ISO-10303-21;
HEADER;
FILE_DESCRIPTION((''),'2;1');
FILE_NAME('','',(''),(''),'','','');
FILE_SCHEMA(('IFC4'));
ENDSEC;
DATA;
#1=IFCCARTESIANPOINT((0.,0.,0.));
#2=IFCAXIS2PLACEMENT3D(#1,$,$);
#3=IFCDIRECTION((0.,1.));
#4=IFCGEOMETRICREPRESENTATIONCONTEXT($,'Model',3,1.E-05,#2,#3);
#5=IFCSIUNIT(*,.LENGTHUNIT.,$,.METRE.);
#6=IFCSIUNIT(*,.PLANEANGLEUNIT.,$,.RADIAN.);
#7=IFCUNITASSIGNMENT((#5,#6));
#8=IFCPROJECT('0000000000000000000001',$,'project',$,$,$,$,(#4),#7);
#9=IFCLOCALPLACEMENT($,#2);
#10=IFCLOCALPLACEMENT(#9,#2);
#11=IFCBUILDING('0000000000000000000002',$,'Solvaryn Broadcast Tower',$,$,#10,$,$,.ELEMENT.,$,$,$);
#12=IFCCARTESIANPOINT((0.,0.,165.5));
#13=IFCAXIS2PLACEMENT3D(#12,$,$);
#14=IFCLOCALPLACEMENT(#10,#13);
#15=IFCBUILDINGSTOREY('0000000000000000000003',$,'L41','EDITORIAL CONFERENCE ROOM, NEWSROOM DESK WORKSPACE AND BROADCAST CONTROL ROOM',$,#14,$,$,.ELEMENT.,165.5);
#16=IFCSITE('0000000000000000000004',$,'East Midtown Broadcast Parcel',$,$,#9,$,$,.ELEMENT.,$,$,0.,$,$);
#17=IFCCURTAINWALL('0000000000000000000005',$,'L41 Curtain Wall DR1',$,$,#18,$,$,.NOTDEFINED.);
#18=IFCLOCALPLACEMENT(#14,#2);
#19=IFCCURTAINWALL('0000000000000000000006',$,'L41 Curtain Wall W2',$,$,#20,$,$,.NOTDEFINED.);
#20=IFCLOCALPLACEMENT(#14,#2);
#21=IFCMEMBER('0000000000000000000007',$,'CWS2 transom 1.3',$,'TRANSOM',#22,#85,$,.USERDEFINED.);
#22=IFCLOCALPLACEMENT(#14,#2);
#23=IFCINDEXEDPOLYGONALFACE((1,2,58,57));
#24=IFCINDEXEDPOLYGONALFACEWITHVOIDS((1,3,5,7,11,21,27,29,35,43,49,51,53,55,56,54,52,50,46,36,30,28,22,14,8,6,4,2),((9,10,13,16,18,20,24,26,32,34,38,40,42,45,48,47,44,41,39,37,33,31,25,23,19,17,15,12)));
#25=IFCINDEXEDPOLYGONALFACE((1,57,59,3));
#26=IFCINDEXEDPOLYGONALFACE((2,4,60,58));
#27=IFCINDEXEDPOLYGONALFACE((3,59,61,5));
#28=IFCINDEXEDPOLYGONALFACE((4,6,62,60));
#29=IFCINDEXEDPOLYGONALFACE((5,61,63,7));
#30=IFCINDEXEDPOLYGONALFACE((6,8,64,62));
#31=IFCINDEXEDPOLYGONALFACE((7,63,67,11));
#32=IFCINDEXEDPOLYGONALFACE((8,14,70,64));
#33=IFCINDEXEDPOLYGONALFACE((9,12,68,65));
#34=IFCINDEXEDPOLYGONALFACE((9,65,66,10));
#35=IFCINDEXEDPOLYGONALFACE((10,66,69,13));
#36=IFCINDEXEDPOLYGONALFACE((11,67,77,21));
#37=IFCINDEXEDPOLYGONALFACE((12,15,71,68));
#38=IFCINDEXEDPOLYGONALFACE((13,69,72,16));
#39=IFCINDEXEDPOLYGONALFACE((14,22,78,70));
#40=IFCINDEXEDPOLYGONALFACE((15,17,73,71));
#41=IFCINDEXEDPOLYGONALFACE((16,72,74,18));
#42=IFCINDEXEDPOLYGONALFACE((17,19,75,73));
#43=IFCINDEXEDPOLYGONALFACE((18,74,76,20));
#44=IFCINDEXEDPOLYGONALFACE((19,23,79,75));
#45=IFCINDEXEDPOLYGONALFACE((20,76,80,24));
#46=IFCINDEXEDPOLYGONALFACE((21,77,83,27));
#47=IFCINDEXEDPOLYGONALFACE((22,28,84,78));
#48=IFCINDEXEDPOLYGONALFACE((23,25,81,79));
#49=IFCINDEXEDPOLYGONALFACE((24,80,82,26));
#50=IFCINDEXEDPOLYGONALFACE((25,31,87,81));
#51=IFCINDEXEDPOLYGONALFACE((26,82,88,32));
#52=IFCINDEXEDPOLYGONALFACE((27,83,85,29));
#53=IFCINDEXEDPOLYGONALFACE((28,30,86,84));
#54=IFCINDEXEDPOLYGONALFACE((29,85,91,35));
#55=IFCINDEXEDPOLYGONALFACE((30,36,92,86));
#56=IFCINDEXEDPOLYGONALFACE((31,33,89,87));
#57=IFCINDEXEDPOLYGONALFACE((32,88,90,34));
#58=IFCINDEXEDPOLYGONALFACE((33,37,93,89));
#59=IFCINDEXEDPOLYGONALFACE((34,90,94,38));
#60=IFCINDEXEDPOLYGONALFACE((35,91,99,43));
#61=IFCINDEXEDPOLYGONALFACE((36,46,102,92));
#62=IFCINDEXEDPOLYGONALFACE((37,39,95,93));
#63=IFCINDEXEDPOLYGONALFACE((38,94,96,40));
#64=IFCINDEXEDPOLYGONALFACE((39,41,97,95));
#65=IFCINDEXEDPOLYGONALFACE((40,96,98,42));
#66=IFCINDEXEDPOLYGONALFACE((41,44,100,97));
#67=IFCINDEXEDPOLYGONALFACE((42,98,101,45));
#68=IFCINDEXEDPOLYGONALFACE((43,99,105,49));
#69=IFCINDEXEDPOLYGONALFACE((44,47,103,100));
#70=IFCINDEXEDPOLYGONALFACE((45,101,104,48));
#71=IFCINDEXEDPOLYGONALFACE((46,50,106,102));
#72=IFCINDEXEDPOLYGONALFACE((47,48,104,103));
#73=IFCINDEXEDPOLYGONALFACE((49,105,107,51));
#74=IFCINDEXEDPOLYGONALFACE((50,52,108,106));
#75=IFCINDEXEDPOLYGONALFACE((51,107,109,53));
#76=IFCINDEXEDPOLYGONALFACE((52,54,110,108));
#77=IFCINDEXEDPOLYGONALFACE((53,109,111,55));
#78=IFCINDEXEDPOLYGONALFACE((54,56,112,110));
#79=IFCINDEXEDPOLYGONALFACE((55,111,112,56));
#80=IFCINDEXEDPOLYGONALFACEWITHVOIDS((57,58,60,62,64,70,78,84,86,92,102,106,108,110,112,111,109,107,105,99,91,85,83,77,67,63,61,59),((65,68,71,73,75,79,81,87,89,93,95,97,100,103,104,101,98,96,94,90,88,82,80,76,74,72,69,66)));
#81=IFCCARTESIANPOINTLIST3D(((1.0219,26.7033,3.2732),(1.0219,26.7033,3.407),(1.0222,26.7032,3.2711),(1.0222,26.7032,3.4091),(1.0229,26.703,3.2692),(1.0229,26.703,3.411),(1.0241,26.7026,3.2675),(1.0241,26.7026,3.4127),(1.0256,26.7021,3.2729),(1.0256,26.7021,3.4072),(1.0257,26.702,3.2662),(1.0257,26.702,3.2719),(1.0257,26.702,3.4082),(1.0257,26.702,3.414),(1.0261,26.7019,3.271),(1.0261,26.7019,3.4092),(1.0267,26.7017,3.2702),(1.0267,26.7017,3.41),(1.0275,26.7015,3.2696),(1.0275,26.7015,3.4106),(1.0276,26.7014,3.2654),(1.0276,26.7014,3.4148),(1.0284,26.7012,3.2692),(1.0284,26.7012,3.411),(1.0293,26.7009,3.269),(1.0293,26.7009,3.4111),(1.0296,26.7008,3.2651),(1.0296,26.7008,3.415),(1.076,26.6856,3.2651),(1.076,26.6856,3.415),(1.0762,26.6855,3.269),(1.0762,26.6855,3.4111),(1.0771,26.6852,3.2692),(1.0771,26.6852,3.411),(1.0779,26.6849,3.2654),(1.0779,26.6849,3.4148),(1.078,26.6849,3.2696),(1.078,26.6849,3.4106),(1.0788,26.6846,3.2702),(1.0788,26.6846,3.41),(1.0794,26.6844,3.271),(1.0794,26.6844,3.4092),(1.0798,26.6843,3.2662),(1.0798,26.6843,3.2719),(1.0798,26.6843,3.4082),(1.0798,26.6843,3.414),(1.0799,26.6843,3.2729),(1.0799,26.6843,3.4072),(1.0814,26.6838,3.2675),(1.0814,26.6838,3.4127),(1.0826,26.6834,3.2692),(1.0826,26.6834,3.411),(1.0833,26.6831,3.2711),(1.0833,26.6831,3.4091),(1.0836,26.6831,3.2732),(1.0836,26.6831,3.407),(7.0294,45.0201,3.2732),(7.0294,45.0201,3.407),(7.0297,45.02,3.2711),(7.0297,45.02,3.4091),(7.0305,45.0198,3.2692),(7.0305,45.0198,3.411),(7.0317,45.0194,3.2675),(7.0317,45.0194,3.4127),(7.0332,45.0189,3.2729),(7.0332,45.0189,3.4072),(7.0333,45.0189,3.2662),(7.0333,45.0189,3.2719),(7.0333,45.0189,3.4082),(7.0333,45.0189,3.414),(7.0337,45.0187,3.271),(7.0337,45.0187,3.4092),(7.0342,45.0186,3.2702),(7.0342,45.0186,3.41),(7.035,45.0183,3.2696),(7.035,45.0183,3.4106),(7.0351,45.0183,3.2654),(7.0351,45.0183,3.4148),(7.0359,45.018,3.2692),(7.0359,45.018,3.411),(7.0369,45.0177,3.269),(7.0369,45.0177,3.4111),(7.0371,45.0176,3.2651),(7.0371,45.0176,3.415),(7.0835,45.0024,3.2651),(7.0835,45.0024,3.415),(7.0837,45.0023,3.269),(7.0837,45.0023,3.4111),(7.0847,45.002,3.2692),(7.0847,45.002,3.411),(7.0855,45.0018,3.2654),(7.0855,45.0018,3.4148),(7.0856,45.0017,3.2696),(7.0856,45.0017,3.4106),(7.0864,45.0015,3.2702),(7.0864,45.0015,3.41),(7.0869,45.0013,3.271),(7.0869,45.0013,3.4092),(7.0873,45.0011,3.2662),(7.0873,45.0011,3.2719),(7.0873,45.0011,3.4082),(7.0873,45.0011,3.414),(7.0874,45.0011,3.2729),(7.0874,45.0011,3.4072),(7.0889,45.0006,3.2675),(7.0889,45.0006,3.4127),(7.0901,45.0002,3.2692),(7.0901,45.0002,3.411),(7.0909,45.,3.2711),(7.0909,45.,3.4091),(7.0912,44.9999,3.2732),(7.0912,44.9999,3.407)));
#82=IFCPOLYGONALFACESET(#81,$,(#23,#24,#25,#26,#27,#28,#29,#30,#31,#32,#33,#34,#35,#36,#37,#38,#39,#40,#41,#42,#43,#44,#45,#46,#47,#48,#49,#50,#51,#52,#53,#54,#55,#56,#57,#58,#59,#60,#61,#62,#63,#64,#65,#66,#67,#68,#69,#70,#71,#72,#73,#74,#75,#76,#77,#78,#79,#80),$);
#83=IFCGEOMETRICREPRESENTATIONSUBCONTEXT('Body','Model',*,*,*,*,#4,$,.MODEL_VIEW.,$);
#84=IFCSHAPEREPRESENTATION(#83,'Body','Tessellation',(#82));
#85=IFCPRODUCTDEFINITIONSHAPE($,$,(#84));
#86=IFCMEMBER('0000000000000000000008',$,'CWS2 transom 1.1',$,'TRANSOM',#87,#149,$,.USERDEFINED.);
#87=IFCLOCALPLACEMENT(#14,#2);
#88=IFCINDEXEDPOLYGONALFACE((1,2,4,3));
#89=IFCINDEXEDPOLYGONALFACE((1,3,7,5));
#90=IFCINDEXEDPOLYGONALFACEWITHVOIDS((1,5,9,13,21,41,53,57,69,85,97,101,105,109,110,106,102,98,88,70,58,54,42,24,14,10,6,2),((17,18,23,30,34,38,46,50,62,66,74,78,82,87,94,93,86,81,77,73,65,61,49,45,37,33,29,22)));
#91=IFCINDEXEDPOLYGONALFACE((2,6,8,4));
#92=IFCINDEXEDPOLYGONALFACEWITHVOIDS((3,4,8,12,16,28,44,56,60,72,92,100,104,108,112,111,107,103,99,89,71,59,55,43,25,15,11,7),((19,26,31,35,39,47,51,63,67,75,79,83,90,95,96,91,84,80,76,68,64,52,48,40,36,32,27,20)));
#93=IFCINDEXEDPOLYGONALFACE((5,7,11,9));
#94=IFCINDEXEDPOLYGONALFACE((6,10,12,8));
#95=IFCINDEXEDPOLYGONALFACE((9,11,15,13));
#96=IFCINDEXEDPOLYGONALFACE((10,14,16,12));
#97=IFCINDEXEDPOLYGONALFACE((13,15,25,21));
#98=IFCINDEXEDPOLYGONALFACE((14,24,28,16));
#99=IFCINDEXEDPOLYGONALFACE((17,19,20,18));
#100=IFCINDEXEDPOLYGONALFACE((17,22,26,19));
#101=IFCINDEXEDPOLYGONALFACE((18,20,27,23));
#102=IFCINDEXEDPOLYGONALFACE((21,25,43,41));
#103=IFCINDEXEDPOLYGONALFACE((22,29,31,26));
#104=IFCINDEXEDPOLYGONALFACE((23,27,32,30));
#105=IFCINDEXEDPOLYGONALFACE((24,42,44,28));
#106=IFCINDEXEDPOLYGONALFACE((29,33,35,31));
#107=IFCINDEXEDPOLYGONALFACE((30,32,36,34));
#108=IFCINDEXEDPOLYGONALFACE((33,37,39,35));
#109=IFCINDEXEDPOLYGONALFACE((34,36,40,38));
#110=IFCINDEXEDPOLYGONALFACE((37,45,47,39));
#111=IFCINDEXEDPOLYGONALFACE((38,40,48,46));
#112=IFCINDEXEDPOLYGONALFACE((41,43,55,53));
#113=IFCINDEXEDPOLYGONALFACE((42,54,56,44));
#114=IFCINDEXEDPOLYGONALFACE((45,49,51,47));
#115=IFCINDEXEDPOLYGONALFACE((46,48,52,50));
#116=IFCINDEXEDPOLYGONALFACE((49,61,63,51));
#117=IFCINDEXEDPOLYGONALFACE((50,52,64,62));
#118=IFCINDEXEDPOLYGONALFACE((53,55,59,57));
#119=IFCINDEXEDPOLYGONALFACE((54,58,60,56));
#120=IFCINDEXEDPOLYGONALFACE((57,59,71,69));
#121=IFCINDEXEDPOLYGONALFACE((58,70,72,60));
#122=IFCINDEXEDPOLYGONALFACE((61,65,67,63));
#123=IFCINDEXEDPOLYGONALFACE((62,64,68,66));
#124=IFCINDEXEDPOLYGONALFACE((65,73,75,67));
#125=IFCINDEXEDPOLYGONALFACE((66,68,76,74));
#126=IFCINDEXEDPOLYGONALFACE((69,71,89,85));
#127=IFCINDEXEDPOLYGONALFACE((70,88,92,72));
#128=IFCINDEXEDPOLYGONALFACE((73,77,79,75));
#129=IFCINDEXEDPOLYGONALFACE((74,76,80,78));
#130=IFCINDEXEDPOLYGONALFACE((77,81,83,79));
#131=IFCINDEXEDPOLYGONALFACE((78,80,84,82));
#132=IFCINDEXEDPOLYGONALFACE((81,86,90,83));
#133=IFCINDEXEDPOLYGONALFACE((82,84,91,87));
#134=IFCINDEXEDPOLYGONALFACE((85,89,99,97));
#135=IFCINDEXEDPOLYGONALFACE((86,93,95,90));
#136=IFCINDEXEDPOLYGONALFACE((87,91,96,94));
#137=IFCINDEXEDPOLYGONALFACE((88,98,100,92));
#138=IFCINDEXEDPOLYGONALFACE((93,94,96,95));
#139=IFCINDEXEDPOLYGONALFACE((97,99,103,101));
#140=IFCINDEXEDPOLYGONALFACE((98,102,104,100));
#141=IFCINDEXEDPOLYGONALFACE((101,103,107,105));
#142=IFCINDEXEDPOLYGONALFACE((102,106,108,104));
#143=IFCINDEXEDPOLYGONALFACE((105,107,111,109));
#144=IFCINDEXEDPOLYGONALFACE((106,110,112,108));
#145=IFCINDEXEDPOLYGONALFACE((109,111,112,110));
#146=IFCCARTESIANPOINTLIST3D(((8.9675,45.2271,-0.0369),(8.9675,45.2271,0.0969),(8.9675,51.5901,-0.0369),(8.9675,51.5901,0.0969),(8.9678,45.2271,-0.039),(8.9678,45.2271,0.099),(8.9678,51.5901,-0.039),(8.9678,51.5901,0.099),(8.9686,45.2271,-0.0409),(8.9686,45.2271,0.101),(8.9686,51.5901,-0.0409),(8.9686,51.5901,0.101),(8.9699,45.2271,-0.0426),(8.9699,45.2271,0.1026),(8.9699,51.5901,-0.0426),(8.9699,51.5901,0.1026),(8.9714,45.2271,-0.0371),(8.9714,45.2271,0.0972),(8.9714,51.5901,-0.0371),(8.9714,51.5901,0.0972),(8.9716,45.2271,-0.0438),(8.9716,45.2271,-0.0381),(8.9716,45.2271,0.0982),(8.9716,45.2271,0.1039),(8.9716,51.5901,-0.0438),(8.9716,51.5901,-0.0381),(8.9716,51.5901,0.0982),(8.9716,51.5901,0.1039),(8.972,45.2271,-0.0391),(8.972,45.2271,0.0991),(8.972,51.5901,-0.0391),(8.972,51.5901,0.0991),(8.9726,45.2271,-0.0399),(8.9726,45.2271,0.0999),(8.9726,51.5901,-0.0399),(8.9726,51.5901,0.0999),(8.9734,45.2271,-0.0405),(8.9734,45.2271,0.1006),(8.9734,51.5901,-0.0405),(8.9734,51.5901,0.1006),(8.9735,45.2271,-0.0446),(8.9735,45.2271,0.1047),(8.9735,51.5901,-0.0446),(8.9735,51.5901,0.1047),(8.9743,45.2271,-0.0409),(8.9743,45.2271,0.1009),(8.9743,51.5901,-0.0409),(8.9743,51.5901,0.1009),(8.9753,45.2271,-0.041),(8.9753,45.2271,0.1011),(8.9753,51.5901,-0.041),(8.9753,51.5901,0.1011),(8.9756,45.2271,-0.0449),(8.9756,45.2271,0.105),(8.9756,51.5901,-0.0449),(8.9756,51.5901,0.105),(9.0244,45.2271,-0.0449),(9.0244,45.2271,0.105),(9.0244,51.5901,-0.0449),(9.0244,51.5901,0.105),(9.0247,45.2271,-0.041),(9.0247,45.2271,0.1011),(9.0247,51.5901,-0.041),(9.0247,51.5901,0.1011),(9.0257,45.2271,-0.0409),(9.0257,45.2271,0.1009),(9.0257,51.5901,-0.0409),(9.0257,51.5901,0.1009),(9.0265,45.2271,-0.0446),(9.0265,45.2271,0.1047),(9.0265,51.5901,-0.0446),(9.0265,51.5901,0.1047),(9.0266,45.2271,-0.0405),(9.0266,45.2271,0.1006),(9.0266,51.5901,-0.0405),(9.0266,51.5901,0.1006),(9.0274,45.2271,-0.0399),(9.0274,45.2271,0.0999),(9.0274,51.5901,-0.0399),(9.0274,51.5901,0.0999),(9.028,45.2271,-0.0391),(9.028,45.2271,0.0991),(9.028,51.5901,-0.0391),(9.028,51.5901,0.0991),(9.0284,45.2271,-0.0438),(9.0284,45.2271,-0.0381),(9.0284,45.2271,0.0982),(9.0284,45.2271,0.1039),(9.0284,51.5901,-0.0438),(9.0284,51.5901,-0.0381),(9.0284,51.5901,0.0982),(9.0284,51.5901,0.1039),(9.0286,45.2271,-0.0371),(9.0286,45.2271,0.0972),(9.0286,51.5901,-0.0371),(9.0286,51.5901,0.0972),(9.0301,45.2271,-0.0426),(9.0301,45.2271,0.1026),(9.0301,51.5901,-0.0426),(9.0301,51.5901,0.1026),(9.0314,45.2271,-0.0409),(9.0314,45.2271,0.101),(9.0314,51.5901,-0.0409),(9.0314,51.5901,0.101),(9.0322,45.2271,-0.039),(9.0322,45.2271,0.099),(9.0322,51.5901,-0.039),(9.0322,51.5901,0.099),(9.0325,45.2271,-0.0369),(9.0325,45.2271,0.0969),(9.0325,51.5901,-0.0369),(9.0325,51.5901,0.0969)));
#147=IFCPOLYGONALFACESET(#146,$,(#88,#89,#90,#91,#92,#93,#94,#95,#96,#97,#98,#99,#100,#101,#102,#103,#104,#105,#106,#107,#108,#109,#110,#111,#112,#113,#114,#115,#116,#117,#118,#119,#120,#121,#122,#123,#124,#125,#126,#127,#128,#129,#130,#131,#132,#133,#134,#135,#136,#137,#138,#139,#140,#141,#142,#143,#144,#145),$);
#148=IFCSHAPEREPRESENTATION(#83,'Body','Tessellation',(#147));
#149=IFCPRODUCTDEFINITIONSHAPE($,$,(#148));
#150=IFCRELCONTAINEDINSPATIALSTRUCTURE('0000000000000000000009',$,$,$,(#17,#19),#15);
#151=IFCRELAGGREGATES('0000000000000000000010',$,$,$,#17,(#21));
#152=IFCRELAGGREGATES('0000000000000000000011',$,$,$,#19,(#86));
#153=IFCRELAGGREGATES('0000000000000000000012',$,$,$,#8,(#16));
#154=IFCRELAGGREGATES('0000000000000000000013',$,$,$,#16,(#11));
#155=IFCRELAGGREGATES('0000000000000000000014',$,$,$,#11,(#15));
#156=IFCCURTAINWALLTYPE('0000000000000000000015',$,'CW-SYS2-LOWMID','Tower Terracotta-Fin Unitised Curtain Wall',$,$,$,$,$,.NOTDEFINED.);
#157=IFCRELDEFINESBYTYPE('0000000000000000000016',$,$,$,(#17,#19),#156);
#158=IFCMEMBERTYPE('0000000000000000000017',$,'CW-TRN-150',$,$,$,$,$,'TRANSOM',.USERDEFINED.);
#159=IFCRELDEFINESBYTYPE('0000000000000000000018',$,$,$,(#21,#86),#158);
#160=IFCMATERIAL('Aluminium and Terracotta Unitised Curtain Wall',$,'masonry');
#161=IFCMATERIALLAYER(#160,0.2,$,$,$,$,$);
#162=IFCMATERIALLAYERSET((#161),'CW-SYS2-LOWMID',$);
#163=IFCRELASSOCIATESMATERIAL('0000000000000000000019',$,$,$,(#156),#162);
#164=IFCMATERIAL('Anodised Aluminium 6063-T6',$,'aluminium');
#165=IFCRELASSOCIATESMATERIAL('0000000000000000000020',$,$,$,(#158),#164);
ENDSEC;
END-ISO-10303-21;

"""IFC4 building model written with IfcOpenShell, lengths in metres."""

from ifc_helpers import new_model, si_unit, direction, frame, origin, origin_2d, place, context, subcontext, project, spatial, hollow_rectangle, extrude, material, layer, layer_set, material_profile, profile_set, type_object, element, aggregate, save


model = new_model("IFC4")

# Units and contexts
model_context = context("Model", 3, precision=1e-05, world=origin(), true_north=direction((0.0, 1.0)))
body_context = subcontext(model_context, "Body", "Model", "MODEL_VIEW")
ifc_project = project(units=[si_unit("LENGTHUNIT", "METRE"), si_unit("PLANEANGLEUNIT", "RADIAN")], contexts=[model_context])

# Site, building, storey
site_placement = place(None, origin())
site = spatial("IfcSite", under=ifc_project, at=site_placement, Name="East Midtown Broadcast Parcel", CompositionType="ELEMENT", RefElevation=0.0)
building_placement = place(site_placement, origin())
building = spatial("IfcBuilding", under=site, at=building_placement, Name="Solvaryn Broadcast Tower", CompositionType="ELEMENT")
storey_placement = place(building_placement, frame((0.0, 0.0, 165.5)))
storey = spatial("IfcBuildingStorey", under=building, at=storey_placement, Name="L41", Description="EDITORIAL CONFERENCE ROOM, NEWSROOM DESK WORKSPACE AND BROADCAST CONTROL ROOM", CompositionType="ELEMENT", Elevation=165.5)

# Curtain wall
ifc_material_1 = material(Name="Aluminium and Terracotta Unitised Curtain Wall", Category="masonry")
ifc_layer_1 = layer(ifc_material_1, 0.2)
ifc_layer_set_1 = layer_set([ifc_layer_1], Name="CW-SYS2-LOWMID")
curtain_wall_type = type_object("IfcCurtainWallType", Name="CW-SYS2-LOWMID", Description="Tower Terracotta-Fin Unitised Curtain Wall", PredefinedType="NOTDEFINED", material=ifc_layer_set_1)
curtain_wall_1_placement = place(storey_placement, origin())
curtain_wall_1 = element("IfcCurtainWall", 1, at=curtain_wall_1_placement, inside=storey, type_object=curtain_wall_type, Name="L41 Curtain Wall DR1", PredefinedType="NOTDEFINED")

# Curtain wall
curtain_wall_2_placement = place(storey_placement, origin())
curtain_wall_2 = element("IfcCurtainWall", 2, at=curtain_wall_2_placement, inside=storey, type_object=curtain_wall_type, Name="L41 Curtain Wall W2", PredefinedType="NOTDEFINED")

# Members
ifc_material_2 = material(Name="Anodised Aluminium 6063-T6", Category="aluminium")
ifc_material_profile_1 = material_profile(ifc_material_2, hollow_rectangle(XDim=0.0649, YDim=0.1499, WallThickness=0.0039, InnerFilletRadius=0.0039, OuterFilletRadius=0.0081, at=origin_2d()))
ifc_profile_set_1 = profile_set([ifc_material_profile_1], Name="Anodised Aluminium 6063-T6")
member_type_1 = type_object("IfcMemberType", Name="CW-TRN-150", ElementType="TRANSOM", PredefinedType="USERDEFINED", material=ifc_profile_set_1)
member_1_placement = place(storey_placement, frame((7.0603, 45.01, 3.3401), z_axis=(-0.311646, -0.950198, 0.0), x_axis=(0.950198, -0.311646, 0.0)))
member_1 = element("IfcMember", 3, at=member_1_placement, type_object=member_type_1, Name="CWS2 transom 1.3", ObjectType="TRANSOM", PredefinedType="USERDEFINED", context=body_context, shape_type="SweptSolid", body=[
    extrude(hollow_rectangle(XDim=0.0649, YDim=0.1499, WallThickness=0.0039, InnerFilletRadius=0.0039, OuterFilletRadius=0.0081, at=origin_2d()), origin(), (0.0, 0.0, 1.0), 19.2769),
])
aggregate(curtain_wall_1, [member_1])
member_2_placement = place(storey_placement, frame((9.0, 45.2271, 0.03), z_axis=(0.0, 1.0, 0.0), x_axis=(-1.0, 0.0, 0.0)))
member_2 = element("IfcMember", 4, at=member_2_placement, type_object=member_type_1, Name="CWS2 transom 1.1", ObjectType="TRANSOM", PredefinedType="USERDEFINED", context=body_context, shape_type="SweptSolid", body=[
    extrude(hollow_rectangle(XDim=0.0649, YDim=0.1499, WallThickness=0.0039, InnerFilletRadius=0.0039, OuterFilletRadius=0.0081, at=origin_2d()), origin(), (0.0, 0.0, 1.0), 6.363),
])

aggregate(curtain_wall_2, [member_2])

save(model, "model.ifc")
